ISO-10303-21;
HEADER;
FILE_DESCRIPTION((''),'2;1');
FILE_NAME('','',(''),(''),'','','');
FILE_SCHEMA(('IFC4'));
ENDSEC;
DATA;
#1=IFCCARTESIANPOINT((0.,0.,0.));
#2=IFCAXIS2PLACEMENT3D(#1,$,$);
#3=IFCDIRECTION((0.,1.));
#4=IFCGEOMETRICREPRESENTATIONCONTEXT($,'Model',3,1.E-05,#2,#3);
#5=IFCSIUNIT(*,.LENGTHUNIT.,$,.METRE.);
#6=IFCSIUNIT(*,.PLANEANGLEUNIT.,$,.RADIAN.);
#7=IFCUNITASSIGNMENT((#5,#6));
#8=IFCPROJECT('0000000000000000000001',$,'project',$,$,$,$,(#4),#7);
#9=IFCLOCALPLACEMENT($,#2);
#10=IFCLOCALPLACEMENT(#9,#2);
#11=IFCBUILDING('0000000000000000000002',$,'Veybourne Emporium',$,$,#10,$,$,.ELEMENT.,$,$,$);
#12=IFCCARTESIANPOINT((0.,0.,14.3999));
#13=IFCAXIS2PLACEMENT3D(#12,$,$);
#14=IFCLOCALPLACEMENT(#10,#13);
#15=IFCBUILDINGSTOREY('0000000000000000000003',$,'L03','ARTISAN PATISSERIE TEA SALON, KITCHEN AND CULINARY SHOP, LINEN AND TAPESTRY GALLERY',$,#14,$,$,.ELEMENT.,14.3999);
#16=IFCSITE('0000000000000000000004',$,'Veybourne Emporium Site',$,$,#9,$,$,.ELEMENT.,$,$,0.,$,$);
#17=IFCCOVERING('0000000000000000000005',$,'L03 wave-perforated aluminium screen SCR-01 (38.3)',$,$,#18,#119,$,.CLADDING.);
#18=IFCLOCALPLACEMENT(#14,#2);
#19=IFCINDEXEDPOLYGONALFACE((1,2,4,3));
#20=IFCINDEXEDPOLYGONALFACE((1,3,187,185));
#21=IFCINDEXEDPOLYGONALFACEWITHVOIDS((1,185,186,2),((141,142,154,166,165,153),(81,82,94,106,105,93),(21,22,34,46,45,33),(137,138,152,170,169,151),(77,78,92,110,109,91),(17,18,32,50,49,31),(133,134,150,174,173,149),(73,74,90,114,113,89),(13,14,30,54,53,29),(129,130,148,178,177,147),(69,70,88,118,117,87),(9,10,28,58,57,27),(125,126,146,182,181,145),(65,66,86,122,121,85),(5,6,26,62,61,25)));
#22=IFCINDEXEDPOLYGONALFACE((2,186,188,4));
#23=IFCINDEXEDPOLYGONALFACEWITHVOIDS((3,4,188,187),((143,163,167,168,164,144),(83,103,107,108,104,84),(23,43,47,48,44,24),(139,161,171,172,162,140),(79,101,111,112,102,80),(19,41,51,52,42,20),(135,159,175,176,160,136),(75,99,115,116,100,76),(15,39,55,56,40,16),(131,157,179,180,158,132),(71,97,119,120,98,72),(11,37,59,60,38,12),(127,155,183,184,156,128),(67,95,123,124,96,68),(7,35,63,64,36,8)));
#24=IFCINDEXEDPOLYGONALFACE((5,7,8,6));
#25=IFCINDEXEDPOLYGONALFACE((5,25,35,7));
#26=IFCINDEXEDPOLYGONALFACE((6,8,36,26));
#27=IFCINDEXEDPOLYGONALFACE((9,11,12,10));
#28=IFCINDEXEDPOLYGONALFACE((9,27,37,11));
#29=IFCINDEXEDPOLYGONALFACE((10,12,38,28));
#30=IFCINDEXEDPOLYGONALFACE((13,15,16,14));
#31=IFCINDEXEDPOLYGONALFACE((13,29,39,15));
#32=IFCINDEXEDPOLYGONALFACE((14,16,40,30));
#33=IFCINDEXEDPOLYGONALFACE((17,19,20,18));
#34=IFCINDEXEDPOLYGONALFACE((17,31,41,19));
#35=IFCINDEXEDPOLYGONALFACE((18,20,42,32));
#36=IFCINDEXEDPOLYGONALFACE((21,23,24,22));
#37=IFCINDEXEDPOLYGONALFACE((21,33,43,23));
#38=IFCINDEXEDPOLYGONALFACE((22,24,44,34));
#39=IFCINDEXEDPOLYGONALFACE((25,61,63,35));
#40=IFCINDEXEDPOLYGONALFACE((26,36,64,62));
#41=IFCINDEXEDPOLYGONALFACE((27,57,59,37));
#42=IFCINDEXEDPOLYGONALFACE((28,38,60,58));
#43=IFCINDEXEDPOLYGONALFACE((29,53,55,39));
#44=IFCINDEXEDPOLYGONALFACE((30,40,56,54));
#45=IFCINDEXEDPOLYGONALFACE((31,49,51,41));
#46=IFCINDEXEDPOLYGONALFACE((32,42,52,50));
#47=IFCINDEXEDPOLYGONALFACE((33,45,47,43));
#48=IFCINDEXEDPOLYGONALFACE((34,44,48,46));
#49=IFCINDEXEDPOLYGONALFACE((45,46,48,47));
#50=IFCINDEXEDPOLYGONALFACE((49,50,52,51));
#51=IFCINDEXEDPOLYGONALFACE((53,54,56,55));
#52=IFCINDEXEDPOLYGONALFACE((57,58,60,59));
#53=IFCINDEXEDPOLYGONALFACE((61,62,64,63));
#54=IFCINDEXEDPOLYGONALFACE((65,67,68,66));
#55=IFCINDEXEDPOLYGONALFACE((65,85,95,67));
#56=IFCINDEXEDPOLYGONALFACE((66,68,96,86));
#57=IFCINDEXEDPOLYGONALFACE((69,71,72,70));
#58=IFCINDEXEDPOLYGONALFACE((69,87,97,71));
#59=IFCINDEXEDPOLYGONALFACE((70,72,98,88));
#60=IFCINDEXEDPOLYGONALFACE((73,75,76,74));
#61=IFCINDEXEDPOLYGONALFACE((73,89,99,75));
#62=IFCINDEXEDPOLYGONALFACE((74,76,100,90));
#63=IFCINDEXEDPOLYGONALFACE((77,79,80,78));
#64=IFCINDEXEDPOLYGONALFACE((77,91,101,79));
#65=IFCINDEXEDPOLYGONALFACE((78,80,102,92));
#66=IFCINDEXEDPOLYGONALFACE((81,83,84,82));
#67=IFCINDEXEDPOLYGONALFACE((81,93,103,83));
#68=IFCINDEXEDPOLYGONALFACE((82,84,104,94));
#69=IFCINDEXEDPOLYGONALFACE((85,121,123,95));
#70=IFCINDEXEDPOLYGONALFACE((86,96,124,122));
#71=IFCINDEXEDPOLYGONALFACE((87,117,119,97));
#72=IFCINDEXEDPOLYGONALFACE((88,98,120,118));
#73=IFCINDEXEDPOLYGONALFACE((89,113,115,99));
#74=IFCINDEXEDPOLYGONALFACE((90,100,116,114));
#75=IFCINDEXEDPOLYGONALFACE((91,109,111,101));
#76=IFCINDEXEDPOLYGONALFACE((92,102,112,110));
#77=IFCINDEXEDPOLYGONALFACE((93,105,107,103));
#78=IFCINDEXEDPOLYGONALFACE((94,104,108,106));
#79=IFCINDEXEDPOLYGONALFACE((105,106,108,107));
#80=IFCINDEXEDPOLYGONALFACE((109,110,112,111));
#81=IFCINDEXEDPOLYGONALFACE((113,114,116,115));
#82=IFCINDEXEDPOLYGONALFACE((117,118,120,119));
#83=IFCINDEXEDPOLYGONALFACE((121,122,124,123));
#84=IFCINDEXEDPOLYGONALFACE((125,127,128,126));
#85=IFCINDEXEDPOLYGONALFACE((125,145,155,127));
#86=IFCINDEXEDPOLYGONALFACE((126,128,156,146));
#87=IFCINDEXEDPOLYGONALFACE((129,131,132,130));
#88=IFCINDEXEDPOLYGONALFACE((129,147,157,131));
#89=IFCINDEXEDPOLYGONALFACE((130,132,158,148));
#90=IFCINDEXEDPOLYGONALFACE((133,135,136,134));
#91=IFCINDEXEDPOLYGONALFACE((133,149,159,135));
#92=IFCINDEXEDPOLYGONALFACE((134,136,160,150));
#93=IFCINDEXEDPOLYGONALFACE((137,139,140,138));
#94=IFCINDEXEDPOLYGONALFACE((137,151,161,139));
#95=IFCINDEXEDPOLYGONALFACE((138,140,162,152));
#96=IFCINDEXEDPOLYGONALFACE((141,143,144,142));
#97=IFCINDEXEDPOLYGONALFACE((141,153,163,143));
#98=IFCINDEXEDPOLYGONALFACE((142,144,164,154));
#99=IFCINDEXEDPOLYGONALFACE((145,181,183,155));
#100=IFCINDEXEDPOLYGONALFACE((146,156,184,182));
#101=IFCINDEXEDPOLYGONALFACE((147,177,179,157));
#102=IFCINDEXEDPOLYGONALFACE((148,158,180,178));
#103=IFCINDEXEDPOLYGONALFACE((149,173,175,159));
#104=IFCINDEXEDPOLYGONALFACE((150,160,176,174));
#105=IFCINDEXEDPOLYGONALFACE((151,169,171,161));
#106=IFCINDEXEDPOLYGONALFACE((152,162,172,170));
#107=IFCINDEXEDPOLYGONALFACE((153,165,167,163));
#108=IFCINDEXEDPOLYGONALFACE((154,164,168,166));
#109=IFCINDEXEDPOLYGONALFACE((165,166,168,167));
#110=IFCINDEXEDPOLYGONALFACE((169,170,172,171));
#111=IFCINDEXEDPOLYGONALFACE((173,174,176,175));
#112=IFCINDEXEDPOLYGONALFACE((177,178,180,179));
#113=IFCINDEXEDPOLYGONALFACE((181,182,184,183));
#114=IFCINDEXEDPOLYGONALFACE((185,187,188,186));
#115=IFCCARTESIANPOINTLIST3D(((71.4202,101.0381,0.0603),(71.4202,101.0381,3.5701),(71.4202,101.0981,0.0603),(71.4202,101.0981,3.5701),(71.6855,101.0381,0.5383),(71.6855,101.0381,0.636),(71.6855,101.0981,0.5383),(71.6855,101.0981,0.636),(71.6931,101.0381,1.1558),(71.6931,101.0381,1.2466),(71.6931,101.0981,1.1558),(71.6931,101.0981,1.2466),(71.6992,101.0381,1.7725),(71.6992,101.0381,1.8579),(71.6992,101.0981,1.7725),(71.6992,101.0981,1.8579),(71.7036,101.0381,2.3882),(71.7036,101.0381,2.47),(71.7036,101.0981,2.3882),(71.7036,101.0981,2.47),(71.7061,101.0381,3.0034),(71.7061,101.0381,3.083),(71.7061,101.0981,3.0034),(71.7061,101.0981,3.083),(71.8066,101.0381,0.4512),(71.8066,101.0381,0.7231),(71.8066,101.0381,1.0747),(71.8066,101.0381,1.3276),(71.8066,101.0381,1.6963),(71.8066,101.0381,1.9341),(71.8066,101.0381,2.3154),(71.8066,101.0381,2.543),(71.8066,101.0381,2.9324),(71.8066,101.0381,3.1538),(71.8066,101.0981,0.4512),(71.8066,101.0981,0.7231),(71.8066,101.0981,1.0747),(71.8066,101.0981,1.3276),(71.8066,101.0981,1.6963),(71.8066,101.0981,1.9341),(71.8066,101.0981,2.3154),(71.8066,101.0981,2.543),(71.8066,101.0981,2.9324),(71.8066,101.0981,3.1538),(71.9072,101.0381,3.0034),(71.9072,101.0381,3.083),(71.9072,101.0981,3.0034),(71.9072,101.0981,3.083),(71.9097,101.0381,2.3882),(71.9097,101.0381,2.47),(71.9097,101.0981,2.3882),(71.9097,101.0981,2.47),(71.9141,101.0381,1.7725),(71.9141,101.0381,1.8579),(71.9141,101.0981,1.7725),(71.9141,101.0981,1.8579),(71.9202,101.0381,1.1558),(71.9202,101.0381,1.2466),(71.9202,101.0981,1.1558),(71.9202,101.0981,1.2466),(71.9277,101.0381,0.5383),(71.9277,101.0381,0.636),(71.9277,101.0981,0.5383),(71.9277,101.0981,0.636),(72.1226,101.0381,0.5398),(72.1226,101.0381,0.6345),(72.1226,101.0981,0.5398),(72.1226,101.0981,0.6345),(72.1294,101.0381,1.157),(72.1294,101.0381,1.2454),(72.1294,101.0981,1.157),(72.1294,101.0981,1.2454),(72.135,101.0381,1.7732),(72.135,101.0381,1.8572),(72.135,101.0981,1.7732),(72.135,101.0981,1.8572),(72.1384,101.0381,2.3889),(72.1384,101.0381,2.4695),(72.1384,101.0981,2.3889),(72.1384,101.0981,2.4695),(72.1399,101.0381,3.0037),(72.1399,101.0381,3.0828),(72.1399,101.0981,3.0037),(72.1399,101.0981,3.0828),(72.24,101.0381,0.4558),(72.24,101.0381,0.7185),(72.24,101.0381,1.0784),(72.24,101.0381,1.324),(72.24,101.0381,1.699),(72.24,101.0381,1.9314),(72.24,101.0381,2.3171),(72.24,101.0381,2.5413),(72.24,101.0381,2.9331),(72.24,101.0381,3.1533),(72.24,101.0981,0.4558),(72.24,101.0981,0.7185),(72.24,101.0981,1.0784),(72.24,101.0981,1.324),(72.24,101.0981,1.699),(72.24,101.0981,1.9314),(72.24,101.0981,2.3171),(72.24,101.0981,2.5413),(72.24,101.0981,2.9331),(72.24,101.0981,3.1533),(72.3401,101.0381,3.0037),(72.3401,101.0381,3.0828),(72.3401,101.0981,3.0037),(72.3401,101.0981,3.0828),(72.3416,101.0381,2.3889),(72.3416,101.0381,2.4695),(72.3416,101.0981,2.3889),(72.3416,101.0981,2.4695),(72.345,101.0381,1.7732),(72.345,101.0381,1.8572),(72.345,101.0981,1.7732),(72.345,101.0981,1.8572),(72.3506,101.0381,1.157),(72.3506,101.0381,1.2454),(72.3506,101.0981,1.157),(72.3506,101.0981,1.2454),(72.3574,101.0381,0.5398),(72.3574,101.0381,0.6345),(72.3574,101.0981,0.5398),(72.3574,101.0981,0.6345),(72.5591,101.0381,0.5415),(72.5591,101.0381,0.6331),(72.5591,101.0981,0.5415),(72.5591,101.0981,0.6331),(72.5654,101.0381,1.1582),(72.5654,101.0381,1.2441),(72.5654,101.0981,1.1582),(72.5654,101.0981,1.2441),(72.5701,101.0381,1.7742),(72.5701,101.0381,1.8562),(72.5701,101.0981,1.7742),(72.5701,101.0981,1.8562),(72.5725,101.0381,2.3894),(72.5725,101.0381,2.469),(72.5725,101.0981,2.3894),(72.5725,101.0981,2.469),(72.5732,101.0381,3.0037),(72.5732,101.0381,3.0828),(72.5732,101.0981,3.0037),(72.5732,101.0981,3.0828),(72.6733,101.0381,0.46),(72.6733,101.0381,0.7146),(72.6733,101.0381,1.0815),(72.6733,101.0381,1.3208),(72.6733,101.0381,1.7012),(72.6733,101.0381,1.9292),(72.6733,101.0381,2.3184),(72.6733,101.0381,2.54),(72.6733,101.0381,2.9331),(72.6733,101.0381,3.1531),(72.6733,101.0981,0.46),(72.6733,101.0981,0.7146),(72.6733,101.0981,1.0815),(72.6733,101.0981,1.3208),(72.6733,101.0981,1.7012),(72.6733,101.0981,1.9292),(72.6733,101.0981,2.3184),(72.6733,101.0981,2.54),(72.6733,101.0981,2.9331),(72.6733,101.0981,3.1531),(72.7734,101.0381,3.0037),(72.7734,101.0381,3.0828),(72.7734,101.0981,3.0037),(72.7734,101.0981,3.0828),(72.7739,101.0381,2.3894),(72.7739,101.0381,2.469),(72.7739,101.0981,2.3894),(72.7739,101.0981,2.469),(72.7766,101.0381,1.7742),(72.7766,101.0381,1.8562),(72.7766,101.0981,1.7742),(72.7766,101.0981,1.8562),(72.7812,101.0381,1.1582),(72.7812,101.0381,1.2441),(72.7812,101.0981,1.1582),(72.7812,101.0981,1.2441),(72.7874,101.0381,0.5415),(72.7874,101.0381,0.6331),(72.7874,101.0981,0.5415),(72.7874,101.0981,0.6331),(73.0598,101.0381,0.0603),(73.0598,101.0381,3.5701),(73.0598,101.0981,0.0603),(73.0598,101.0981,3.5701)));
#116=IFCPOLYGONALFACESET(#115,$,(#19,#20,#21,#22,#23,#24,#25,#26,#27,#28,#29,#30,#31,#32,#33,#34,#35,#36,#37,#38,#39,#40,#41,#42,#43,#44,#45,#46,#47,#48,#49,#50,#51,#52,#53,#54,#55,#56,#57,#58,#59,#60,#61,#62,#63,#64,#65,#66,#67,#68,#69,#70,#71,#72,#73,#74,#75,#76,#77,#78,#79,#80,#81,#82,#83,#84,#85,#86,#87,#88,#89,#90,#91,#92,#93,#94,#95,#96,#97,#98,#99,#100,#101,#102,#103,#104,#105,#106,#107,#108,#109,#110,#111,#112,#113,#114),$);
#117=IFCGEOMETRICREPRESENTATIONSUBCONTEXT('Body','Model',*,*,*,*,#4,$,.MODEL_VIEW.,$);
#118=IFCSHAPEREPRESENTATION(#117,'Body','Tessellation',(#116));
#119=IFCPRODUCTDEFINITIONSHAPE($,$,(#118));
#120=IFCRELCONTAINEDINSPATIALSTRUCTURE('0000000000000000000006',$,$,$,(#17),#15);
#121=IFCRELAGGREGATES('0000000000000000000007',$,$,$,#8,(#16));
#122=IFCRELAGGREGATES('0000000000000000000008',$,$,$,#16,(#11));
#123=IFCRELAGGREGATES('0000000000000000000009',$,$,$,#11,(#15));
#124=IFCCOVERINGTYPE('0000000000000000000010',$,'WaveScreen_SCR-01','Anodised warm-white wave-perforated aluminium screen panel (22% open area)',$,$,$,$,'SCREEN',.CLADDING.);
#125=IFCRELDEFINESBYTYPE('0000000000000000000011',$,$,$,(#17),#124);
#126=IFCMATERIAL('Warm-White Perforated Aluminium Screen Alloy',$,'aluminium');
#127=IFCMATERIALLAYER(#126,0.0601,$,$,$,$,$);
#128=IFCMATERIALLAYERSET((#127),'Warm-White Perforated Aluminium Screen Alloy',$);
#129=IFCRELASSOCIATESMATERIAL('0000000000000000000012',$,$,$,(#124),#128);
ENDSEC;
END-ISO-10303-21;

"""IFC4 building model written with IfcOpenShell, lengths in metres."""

from ifc_helpers import new_model, si_unit, direction, frame, origin, place, context, subcontext, project, spatial, polyline, outline, extrude, material, layer, layer_set, type_object, element, save


model = new_model("IFC4")

# Units and contexts
model_context = context("Model", 3, precision=1e-05, world=origin(), true_north=direction((0.0, 1.0)))
body_context = subcontext(model_context, "Body", "Model", "MODEL_VIEW")
ifc_project = project(units=[si_unit("LENGTHUNIT", "METRE"), si_unit("PLANEANGLEUNIT", "RADIAN")], contexts=[model_context])

# Site, building, storey
site_placement = place(None, origin())
site = spatial("IfcSite", under=ifc_project, at=site_placement, Name="Veybourne Emporium Site", CompositionType="ELEMENT", RefElevation=0.0)
building_placement = place(site_placement, origin())
building = spatial("IfcBuilding", under=site, at=building_placement, Name="Veybourne Emporium", CompositionType="ELEMENT")
storey_placement = place(building_placement, frame((0.0, 0.0, 14.3999)))
storey = spatial("IfcBuildingStorey", under=building, at=storey_placement, Name="L03", Description="ARTISAN PATISSERIE TEA SALON, KITCHEN AND CULINARY SHOP, LINEN AND TAPESTRY GALLERY", CompositionType="ELEMENT", Elevation=14.3999)

# Covering
ifc_material_1 = material(Name="Warm-White Perforated Aluminium Screen Alloy", Category="aluminium")
ifc_layer_1 = layer(ifc_material_1, 0.0601)
ifc_layer_set_1 = layer_set([ifc_layer_1], Name="Warm-White Perforated Aluminium Screen Alloy")
covering_type_1 = type_object("IfcCoveringType", Name="WaveScreen_SCR-01", Description="Anodised warm-white wave-perforated aluminium screen panel (22% open area)", ElementType="SCREEN", PredefinedType="CLADDING", material=ifc_layer_set_1)
covering_1_placement = place(storey_placement, frame((72.24, 101.0981, 1.8152), z_axis=(0.0, -1.0, 0.0), x_axis=(1.0, 0.0, 0.0)))
element("IfcCovering", 1, at=covering_1_placement, inside=storey, type_object=covering_type_1, Name="L03 wave-perforated aluminium screen SCR-01 (38.3)", PredefinedType="CLADDING", context=body_context, shape_type="SweptSolid", body=[
    extrude(outline(polyline([(-0.8198, -1.7549), (0.8198, -1.7549), (0.8198, 1.7549), (-0.8198, 1.7549), (-0.8198, -1.7549)]), holes=[polyline([(-0.4333, -1.092), (-0.3123, -1.1792), (-0.3123, -1.2769), (-0.4333, -1.364), (-0.5544, -1.2769), (-0.5544, -1.1792), (-0.4333, -1.092)]), polyline([(-0.4333, -0.4875), (-0.3198, -0.5686), (-0.3198, -0.6594), (-0.4333, -0.7405), (-0.5469, -0.6594), (-0.5469, -0.5686), (-0.4333, -0.4875)]), polyline([(-0.4333, 0.1189), (-0.3259, 0.0427), (-0.3259, -0.0427), (-0.4333, -0.1189), (-0.5408, -0.0427), (-0.5408, 0.0427), (-0.4333, 0.1189)]), polyline([(-0.4333, 0.7278), (-0.3303, 0.6548), (-0.3303, 0.573), (-0.4333, 0.5002), (-0.5364, 0.573), (-0.5364, 0.6548), (-0.4333, 0.7278)]), polyline([(-0.4333, 1.3386), (-0.3328, 1.2678), (-0.3328, 1.1882), (-0.4333, 1.1172), (-0.5339, 1.1882), (-0.5339, 1.2678), (-0.4333, 1.3386)]), polyline([(0.0, -1.0967), (0.1174, -1.1807), (0.1174, -1.2754), (0.0, -1.3594), (-0.1174, -1.2754), (-0.1174, -1.1807), (0.0, -1.0967)]), polyline([(0.0, -0.4912), (0.1106, -0.5698), (0.1106, -0.6582), (0.0, -0.7368), (-0.1106, -0.6582), (-0.1106, -0.5698), (0.0, -0.4912)]), polyline([(0.0, 0.1162), (0.105, 0.042), (0.105, -0.042), (0.0, -0.1162), (-0.105, -0.042), (-0.105, 0.042), (0.0, 0.1162)]), polyline([(0.0, 0.7261), (0.1016, 0.6543), (0.1016, 0.5737), (0.0, 0.502), (-0.1016, 0.5737), (-0.1016, 0.6543), (0.0, 0.7261)]), polyline([(0.0, 1.3381), (0.1001, 1.2676), (0.1001, 1.1885), (0.0, 1.1179), (-0.1001, 1.1885), (-0.1001, 1.2676), (0.0, 1.3381)]), polyline([(0.4333, -1.1006), (0.5474, -1.1821), (0.5474, -1.2737), (0.4333, -1.3552), (0.3191, -1.2737), (0.3191, -1.1821), (0.4333, -1.1006)]), polyline([(0.4333, -0.4944), (0.5413, -0.571), (0.5413, -0.657), (0.4333, -0.7336), (0.3254, -0.657), (0.3254, -0.571), (0.4333, -0.4944)]), polyline([(0.4333, 0.114), (0.5366, 0.041), (0.5366, -0.041), (0.4333, -0.114), (0.3301, -0.041), (0.3301, 0.041), (0.4333, 0.114)]), polyline([(0.4333, 0.7249), (0.5339, 0.6538), (0.5339, 0.5742), (0.4333, 0.5032), (0.3325, 0.5742), (0.3325, 0.6538), (0.4333, 0.7249)]), polyline([(0.4333, 1.3379), (0.5334, 1.2676), (0.5334, 1.1885), (0.4333, 1.1179), (0.3333, 1.1885), (0.3333, 1.2676), (0.4333, 1.3379)])]), origin(), (0.0, 0.0, 1.0), 0.0601),
])

save(model, "model.ifc")
